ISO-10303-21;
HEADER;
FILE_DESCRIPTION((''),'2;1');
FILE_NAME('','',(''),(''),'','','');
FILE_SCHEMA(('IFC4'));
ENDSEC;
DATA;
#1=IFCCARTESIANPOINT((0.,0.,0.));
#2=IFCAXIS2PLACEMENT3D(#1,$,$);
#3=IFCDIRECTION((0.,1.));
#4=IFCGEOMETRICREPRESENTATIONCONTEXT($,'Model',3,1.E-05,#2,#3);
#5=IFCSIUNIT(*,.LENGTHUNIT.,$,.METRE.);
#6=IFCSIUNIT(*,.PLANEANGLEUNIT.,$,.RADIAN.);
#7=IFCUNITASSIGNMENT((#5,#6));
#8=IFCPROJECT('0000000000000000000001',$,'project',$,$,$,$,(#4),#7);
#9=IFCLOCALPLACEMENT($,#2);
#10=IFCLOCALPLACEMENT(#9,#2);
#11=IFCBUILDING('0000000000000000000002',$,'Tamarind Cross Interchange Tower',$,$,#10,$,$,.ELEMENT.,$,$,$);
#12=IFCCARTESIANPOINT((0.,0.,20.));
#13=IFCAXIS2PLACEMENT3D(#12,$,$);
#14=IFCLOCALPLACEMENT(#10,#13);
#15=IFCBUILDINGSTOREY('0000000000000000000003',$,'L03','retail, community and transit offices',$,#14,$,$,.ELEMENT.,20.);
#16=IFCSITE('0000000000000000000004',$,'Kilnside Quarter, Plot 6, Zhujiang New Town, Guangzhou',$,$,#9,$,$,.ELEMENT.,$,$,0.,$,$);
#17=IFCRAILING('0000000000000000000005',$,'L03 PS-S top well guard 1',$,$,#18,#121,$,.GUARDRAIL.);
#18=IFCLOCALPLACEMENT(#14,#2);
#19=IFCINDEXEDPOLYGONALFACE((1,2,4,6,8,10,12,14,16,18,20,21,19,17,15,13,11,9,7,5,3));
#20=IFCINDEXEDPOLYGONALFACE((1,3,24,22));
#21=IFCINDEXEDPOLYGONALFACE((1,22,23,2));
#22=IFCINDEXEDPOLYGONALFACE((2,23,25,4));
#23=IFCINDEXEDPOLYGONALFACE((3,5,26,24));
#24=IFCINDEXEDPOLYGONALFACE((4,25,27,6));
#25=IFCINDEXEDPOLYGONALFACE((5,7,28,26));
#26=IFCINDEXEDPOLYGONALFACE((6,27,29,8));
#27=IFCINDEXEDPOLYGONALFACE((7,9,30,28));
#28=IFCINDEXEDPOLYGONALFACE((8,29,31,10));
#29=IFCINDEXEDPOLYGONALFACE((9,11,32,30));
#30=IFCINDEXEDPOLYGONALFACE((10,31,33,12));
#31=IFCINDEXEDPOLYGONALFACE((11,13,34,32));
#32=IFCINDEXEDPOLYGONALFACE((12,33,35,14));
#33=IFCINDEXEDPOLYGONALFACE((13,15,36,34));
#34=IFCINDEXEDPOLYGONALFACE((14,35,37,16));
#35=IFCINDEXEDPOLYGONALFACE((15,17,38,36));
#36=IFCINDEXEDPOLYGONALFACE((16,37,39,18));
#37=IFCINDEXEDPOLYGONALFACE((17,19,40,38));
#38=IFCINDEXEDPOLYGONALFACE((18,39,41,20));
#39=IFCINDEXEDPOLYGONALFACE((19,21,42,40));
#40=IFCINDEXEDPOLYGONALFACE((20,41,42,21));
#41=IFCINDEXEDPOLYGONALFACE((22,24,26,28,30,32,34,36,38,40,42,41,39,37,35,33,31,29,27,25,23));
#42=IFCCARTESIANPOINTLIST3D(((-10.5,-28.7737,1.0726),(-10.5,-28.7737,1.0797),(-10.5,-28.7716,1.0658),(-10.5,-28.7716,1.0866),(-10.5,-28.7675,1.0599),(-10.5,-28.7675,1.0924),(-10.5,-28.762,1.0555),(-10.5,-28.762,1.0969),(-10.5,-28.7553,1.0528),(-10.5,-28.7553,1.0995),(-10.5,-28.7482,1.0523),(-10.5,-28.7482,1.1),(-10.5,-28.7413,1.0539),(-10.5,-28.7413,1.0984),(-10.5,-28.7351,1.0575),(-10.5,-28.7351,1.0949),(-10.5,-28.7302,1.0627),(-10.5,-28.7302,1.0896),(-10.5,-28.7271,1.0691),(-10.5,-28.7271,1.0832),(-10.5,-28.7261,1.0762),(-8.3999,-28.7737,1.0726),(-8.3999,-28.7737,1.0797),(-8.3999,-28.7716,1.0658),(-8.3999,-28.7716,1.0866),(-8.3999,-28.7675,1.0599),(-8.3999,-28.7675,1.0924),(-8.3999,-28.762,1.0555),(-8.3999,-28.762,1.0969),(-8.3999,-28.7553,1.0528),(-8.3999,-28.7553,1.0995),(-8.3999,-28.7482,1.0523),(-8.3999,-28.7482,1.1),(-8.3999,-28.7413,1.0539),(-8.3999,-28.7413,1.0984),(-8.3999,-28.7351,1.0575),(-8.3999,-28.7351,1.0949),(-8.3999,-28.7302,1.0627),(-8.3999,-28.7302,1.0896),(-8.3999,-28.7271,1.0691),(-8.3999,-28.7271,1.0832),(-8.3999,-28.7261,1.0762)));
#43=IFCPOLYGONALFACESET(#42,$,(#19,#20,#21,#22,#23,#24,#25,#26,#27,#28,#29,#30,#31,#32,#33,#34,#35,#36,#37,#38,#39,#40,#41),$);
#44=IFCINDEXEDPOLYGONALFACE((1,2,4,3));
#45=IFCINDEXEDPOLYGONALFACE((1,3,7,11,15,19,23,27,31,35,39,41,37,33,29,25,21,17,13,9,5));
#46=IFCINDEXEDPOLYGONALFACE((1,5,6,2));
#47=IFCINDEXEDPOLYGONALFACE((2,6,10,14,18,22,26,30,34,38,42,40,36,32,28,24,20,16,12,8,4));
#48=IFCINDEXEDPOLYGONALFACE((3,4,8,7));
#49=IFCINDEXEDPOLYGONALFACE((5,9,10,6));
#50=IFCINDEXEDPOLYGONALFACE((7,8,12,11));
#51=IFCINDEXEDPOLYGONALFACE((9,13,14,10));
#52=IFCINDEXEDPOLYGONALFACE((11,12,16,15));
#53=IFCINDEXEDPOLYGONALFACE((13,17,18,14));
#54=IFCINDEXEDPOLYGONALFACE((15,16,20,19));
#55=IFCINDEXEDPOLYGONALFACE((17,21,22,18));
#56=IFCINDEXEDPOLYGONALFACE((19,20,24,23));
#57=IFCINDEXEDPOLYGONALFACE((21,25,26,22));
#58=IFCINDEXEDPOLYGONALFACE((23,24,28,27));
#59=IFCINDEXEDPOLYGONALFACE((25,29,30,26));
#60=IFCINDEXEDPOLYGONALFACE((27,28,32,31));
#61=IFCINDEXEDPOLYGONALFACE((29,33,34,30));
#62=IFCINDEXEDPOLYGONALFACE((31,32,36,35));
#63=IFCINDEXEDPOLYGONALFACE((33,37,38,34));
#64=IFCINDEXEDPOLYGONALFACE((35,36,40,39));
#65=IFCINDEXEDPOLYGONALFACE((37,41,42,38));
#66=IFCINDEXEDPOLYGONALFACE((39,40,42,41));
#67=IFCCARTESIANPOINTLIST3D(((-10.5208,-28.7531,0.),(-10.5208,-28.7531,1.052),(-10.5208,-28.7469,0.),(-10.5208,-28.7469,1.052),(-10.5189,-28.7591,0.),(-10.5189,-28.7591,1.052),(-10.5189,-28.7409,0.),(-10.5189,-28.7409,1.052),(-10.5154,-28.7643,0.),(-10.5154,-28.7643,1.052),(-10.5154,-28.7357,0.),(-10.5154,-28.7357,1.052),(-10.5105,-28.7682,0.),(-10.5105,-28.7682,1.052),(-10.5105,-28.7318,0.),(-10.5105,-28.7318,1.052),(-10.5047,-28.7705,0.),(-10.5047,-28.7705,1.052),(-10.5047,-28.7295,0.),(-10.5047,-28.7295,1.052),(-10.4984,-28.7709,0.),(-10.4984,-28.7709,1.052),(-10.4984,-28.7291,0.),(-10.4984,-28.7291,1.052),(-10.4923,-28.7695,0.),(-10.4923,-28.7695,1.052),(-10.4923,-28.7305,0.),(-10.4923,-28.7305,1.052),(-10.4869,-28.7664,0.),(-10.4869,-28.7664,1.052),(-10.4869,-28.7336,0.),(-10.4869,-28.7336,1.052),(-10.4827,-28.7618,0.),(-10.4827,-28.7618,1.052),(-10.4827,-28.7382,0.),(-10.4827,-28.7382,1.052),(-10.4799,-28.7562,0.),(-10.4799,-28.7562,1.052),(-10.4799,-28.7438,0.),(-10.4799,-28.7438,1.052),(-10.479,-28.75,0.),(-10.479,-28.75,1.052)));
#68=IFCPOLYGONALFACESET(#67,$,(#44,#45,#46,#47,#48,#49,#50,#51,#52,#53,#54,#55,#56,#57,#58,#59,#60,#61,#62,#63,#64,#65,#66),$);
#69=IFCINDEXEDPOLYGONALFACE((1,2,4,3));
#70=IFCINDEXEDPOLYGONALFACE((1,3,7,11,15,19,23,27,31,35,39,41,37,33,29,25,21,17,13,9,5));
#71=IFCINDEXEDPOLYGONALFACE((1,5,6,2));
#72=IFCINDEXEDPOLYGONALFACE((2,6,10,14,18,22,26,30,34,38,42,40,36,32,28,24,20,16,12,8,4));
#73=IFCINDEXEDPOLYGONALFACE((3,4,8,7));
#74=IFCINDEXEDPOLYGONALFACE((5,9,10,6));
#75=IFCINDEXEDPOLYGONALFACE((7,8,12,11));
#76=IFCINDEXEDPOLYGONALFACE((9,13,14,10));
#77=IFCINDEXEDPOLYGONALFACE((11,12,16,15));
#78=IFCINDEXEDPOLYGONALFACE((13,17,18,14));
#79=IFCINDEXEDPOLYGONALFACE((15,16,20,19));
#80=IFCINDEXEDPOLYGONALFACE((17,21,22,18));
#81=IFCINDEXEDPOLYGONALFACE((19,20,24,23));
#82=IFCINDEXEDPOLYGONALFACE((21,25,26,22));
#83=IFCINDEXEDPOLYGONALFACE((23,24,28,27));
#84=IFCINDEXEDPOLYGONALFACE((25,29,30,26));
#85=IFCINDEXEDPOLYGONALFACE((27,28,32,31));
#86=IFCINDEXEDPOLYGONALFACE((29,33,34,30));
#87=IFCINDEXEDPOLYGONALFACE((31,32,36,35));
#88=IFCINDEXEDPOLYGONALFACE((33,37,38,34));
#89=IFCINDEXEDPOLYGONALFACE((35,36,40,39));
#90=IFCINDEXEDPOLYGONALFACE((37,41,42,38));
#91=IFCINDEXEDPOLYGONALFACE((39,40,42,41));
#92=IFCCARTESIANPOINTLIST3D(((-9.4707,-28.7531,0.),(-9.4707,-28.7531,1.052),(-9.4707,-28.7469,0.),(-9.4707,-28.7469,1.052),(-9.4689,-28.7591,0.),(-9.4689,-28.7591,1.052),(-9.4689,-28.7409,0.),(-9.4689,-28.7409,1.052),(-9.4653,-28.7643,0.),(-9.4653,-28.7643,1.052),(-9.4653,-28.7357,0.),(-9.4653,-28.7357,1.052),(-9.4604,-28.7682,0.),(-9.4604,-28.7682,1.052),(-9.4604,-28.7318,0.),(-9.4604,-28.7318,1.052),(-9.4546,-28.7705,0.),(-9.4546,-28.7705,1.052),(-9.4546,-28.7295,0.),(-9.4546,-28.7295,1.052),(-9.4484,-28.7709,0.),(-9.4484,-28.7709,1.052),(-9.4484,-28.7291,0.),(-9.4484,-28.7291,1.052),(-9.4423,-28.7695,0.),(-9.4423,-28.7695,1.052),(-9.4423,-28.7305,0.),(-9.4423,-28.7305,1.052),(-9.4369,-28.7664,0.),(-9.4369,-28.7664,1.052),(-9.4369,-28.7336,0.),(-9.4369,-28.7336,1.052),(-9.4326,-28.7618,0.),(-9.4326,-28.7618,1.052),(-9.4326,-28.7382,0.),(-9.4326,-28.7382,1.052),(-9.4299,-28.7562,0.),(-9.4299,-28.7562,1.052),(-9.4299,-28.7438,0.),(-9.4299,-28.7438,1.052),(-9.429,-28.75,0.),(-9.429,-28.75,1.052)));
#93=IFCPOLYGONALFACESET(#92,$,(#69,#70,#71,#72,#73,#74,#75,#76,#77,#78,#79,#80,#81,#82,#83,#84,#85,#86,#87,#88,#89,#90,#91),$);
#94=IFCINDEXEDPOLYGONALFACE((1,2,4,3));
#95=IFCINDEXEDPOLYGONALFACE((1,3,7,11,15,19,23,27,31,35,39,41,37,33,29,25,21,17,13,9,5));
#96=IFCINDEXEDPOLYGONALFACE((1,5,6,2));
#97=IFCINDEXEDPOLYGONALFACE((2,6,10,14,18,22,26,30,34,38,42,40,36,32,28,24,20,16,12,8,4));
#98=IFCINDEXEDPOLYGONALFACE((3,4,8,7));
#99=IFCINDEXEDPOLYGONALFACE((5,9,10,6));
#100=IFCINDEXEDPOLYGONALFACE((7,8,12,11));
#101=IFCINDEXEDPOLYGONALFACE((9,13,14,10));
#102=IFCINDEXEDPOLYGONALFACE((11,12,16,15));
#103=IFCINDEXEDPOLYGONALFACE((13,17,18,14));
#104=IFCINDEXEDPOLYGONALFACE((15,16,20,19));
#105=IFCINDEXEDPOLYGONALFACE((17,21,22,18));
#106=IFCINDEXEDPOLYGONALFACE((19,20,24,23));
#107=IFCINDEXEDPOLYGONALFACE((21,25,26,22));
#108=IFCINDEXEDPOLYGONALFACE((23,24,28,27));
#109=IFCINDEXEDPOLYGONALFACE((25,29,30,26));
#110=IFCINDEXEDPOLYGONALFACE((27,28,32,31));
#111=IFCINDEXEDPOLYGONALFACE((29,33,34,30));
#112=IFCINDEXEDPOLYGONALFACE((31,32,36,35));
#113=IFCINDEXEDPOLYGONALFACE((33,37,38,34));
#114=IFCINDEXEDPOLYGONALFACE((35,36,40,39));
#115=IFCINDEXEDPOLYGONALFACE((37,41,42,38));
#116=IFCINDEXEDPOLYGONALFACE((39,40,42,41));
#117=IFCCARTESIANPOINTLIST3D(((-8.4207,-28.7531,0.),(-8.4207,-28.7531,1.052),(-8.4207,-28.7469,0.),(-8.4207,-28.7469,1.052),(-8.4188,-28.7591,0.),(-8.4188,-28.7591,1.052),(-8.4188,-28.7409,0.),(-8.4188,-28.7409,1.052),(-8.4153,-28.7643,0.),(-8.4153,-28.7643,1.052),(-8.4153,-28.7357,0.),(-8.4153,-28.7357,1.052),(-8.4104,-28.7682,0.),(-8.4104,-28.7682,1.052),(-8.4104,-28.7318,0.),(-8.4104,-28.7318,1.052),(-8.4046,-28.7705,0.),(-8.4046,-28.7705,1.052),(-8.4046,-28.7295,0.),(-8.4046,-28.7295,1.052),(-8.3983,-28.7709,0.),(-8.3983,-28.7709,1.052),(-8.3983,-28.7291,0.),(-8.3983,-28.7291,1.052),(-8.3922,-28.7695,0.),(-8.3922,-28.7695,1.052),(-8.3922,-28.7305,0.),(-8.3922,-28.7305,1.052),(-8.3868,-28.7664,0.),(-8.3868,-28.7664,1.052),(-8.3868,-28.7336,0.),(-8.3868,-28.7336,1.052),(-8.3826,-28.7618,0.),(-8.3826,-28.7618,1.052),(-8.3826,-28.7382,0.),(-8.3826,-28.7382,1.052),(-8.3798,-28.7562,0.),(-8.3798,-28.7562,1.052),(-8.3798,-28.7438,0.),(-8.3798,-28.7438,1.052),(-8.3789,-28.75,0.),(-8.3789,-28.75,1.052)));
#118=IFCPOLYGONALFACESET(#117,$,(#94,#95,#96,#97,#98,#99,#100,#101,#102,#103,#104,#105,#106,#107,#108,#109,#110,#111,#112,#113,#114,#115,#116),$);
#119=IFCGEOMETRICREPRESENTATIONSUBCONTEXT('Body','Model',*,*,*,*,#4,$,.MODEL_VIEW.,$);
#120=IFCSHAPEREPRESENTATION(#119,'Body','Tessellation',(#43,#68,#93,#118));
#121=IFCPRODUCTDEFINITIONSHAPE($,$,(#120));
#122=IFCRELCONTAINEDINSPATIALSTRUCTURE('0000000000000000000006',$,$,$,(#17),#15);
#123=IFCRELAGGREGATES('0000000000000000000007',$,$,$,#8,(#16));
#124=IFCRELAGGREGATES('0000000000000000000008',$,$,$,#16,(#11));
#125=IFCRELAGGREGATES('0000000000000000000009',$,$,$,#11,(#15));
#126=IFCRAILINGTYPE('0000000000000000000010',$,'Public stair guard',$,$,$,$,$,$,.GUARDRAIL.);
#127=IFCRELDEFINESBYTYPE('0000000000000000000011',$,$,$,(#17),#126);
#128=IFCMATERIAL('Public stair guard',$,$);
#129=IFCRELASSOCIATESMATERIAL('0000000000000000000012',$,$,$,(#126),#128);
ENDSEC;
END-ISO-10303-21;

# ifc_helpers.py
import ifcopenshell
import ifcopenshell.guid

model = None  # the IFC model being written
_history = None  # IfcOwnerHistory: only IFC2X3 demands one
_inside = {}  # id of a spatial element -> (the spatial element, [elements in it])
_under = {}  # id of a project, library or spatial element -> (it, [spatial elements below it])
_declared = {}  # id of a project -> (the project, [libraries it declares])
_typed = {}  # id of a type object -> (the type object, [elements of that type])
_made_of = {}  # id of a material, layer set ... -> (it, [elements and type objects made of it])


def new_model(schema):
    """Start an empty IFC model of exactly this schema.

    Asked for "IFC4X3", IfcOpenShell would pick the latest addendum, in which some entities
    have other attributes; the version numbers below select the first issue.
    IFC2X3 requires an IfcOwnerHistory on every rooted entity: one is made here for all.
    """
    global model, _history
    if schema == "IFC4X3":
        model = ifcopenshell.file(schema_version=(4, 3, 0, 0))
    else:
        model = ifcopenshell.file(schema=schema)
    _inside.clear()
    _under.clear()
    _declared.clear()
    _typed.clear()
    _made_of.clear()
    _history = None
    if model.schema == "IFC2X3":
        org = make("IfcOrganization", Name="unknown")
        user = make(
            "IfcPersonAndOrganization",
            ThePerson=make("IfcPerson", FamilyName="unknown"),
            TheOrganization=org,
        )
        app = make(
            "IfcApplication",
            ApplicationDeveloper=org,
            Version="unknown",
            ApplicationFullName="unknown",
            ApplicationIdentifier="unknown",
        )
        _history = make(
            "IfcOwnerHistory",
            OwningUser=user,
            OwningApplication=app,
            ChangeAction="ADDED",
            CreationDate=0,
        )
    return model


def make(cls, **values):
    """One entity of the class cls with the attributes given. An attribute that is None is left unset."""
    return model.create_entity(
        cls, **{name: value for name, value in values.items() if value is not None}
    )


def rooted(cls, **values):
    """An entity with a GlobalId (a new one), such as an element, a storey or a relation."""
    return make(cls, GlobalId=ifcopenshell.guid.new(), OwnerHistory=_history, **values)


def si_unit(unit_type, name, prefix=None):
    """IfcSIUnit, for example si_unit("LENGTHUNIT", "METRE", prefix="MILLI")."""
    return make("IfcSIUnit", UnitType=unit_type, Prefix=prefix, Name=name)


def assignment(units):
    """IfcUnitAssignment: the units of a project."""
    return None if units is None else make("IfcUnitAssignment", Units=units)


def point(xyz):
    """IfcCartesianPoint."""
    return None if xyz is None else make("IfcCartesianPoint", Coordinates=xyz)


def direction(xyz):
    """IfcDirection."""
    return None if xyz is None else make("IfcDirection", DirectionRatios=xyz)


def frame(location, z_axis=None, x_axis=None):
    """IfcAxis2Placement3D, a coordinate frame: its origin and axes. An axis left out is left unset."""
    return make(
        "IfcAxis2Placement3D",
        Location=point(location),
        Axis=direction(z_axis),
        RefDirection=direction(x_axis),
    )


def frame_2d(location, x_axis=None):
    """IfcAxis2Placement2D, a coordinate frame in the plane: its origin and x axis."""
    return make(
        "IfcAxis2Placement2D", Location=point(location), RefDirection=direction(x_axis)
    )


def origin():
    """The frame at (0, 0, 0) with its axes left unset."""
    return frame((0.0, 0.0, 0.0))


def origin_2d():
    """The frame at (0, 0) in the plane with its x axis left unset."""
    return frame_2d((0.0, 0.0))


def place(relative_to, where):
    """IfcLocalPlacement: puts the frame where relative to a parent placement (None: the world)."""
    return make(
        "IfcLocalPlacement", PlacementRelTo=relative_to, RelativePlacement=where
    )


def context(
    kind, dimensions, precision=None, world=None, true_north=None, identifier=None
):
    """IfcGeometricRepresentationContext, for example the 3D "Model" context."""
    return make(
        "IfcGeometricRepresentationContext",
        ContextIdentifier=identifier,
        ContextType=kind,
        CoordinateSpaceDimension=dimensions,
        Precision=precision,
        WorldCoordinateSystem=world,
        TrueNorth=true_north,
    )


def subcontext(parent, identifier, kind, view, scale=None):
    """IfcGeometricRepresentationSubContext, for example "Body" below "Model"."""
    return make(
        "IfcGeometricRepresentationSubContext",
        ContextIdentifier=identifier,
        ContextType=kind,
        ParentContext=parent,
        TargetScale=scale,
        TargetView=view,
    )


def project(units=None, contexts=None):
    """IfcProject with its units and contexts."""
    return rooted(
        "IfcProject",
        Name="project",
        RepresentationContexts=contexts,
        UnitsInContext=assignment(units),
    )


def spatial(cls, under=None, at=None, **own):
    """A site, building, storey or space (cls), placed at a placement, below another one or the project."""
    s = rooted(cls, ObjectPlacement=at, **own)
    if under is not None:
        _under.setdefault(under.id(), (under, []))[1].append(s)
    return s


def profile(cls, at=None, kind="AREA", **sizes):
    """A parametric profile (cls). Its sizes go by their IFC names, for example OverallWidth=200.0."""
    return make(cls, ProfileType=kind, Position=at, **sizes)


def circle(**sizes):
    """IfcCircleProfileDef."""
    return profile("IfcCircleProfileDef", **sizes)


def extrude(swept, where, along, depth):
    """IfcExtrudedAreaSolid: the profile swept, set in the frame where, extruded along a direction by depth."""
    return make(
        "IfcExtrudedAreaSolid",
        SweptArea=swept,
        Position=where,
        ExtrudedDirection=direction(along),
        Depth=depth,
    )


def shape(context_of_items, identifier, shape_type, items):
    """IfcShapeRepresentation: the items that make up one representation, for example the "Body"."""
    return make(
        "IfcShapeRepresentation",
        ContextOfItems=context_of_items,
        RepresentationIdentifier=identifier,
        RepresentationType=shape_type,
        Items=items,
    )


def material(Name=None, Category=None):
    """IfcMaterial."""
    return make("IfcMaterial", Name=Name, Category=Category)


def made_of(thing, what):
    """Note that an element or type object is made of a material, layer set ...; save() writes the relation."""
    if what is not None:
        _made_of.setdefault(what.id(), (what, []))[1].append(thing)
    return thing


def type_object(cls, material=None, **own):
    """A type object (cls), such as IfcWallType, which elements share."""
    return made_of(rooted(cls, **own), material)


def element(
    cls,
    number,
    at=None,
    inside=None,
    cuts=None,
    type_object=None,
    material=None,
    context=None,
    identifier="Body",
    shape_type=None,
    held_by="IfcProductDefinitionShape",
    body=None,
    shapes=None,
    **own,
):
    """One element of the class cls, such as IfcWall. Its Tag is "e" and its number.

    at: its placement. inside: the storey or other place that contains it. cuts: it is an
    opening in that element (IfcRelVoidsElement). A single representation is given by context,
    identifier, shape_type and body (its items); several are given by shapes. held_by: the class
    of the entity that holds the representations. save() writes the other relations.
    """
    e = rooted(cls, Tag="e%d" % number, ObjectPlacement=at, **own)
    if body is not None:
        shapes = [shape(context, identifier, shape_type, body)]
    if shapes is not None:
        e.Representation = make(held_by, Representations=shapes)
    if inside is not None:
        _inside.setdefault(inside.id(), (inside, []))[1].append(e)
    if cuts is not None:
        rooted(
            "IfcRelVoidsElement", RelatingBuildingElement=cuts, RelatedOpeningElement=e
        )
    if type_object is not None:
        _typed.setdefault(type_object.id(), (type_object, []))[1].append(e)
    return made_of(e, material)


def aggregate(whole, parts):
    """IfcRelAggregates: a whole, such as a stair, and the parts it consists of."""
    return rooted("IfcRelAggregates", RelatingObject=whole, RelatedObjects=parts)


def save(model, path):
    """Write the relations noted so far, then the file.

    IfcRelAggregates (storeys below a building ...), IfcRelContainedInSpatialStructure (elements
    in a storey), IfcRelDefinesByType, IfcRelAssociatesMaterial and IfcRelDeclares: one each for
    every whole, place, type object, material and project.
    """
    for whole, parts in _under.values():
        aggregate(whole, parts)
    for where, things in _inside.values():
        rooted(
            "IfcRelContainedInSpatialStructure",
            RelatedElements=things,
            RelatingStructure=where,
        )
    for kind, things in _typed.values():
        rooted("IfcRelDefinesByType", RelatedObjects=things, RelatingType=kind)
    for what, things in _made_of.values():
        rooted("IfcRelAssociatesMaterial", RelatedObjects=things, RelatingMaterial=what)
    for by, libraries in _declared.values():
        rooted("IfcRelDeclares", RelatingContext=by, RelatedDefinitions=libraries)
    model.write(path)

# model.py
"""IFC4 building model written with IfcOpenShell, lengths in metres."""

from ifc_helpers import new_model, si_unit, direction, frame, origin, origin_2d, place, context, subcontext, project, spatial, circle, extrude, material, type_object, element, save


model = new_model("IFC4")

# Units and contexts
model_context = context("Model", 3, precision=1e-05, world=origin(), true_north=direction((0.0, 1.0)))
body_context = subcontext(model_context, "Body", "Model", "MODEL_VIEW")
ifc_project = project(units=[si_unit("LENGTHUNIT", "METRE"), si_unit("PLANEANGLEUNIT", "RADIAN")], contexts=[model_context])

# Site, building, storey
site_placement = place(None, origin())
site = spatial("IfcSite", under=ifc_project, at=site_placement, Name="Kilnside Quarter, Plot 6, Zhujiang New Town, Guangzhou", CompositionType="ELEMENT", RefElevation=0.0)
building_placement = place(site_placement, origin())
building = spatial("IfcBuilding", under=site, at=building_placement, Name="Tamarind Cross Interchange Tower", CompositionType="ELEMENT")
storey_placement = place(building_placement, frame((0.0, 0.0, 20.0)))
storey = spatial("IfcBuildingStorey", under=building, at=storey_placement, Name="L03", Description="retail, community and transit offices", CompositionType="ELEMENT", Elevation=20.0)

# Railing
ifc_material_1 = material(Name="Public stair guard")
railing_type_1 = type_object("IfcRailingType", Name="Public stair guard", PredefinedType="GUARDRAIL", material=ifc_material_1)
railing_1_placement = place(storey_placement, frame((-10.5, -28.75, 0.0)))
element("IfcRailing", 1, at=railing_1_placement, inside=storey, type_object=railing_type_1, Name="L03 PS-S top well guard 1", PredefinedType="GUARDRAIL", context=body_context, shape_type="SweptSolid", body=[
    extrude(circle(Radius=0.0239, at=origin_2d()), frame((0.0, 0.0, 1.0762), z_axis=(1.0, 0.0, 0.0), x_axis=(0.0, 1.0, 0.0)), (0.0, 0.0, 1.0), 2.1001),
    extrude(circle(Radius=0.021, at=origin_2d()), origin(), (0.0, 0.0, 1.0), 1.052),
    extrude(circle(Radius=0.021, at=origin_2d()), frame((1.05, 0.0, 0.0)), (0.0, 0.0, 1.0), 1.052),
    extrude(circle(Radius=0.021, at=origin_2d()), frame((2.1001, 0.0, 0.0)), (0.0, 0.0, 1.0), 1.052),
])

save(model, "model.ifc")
